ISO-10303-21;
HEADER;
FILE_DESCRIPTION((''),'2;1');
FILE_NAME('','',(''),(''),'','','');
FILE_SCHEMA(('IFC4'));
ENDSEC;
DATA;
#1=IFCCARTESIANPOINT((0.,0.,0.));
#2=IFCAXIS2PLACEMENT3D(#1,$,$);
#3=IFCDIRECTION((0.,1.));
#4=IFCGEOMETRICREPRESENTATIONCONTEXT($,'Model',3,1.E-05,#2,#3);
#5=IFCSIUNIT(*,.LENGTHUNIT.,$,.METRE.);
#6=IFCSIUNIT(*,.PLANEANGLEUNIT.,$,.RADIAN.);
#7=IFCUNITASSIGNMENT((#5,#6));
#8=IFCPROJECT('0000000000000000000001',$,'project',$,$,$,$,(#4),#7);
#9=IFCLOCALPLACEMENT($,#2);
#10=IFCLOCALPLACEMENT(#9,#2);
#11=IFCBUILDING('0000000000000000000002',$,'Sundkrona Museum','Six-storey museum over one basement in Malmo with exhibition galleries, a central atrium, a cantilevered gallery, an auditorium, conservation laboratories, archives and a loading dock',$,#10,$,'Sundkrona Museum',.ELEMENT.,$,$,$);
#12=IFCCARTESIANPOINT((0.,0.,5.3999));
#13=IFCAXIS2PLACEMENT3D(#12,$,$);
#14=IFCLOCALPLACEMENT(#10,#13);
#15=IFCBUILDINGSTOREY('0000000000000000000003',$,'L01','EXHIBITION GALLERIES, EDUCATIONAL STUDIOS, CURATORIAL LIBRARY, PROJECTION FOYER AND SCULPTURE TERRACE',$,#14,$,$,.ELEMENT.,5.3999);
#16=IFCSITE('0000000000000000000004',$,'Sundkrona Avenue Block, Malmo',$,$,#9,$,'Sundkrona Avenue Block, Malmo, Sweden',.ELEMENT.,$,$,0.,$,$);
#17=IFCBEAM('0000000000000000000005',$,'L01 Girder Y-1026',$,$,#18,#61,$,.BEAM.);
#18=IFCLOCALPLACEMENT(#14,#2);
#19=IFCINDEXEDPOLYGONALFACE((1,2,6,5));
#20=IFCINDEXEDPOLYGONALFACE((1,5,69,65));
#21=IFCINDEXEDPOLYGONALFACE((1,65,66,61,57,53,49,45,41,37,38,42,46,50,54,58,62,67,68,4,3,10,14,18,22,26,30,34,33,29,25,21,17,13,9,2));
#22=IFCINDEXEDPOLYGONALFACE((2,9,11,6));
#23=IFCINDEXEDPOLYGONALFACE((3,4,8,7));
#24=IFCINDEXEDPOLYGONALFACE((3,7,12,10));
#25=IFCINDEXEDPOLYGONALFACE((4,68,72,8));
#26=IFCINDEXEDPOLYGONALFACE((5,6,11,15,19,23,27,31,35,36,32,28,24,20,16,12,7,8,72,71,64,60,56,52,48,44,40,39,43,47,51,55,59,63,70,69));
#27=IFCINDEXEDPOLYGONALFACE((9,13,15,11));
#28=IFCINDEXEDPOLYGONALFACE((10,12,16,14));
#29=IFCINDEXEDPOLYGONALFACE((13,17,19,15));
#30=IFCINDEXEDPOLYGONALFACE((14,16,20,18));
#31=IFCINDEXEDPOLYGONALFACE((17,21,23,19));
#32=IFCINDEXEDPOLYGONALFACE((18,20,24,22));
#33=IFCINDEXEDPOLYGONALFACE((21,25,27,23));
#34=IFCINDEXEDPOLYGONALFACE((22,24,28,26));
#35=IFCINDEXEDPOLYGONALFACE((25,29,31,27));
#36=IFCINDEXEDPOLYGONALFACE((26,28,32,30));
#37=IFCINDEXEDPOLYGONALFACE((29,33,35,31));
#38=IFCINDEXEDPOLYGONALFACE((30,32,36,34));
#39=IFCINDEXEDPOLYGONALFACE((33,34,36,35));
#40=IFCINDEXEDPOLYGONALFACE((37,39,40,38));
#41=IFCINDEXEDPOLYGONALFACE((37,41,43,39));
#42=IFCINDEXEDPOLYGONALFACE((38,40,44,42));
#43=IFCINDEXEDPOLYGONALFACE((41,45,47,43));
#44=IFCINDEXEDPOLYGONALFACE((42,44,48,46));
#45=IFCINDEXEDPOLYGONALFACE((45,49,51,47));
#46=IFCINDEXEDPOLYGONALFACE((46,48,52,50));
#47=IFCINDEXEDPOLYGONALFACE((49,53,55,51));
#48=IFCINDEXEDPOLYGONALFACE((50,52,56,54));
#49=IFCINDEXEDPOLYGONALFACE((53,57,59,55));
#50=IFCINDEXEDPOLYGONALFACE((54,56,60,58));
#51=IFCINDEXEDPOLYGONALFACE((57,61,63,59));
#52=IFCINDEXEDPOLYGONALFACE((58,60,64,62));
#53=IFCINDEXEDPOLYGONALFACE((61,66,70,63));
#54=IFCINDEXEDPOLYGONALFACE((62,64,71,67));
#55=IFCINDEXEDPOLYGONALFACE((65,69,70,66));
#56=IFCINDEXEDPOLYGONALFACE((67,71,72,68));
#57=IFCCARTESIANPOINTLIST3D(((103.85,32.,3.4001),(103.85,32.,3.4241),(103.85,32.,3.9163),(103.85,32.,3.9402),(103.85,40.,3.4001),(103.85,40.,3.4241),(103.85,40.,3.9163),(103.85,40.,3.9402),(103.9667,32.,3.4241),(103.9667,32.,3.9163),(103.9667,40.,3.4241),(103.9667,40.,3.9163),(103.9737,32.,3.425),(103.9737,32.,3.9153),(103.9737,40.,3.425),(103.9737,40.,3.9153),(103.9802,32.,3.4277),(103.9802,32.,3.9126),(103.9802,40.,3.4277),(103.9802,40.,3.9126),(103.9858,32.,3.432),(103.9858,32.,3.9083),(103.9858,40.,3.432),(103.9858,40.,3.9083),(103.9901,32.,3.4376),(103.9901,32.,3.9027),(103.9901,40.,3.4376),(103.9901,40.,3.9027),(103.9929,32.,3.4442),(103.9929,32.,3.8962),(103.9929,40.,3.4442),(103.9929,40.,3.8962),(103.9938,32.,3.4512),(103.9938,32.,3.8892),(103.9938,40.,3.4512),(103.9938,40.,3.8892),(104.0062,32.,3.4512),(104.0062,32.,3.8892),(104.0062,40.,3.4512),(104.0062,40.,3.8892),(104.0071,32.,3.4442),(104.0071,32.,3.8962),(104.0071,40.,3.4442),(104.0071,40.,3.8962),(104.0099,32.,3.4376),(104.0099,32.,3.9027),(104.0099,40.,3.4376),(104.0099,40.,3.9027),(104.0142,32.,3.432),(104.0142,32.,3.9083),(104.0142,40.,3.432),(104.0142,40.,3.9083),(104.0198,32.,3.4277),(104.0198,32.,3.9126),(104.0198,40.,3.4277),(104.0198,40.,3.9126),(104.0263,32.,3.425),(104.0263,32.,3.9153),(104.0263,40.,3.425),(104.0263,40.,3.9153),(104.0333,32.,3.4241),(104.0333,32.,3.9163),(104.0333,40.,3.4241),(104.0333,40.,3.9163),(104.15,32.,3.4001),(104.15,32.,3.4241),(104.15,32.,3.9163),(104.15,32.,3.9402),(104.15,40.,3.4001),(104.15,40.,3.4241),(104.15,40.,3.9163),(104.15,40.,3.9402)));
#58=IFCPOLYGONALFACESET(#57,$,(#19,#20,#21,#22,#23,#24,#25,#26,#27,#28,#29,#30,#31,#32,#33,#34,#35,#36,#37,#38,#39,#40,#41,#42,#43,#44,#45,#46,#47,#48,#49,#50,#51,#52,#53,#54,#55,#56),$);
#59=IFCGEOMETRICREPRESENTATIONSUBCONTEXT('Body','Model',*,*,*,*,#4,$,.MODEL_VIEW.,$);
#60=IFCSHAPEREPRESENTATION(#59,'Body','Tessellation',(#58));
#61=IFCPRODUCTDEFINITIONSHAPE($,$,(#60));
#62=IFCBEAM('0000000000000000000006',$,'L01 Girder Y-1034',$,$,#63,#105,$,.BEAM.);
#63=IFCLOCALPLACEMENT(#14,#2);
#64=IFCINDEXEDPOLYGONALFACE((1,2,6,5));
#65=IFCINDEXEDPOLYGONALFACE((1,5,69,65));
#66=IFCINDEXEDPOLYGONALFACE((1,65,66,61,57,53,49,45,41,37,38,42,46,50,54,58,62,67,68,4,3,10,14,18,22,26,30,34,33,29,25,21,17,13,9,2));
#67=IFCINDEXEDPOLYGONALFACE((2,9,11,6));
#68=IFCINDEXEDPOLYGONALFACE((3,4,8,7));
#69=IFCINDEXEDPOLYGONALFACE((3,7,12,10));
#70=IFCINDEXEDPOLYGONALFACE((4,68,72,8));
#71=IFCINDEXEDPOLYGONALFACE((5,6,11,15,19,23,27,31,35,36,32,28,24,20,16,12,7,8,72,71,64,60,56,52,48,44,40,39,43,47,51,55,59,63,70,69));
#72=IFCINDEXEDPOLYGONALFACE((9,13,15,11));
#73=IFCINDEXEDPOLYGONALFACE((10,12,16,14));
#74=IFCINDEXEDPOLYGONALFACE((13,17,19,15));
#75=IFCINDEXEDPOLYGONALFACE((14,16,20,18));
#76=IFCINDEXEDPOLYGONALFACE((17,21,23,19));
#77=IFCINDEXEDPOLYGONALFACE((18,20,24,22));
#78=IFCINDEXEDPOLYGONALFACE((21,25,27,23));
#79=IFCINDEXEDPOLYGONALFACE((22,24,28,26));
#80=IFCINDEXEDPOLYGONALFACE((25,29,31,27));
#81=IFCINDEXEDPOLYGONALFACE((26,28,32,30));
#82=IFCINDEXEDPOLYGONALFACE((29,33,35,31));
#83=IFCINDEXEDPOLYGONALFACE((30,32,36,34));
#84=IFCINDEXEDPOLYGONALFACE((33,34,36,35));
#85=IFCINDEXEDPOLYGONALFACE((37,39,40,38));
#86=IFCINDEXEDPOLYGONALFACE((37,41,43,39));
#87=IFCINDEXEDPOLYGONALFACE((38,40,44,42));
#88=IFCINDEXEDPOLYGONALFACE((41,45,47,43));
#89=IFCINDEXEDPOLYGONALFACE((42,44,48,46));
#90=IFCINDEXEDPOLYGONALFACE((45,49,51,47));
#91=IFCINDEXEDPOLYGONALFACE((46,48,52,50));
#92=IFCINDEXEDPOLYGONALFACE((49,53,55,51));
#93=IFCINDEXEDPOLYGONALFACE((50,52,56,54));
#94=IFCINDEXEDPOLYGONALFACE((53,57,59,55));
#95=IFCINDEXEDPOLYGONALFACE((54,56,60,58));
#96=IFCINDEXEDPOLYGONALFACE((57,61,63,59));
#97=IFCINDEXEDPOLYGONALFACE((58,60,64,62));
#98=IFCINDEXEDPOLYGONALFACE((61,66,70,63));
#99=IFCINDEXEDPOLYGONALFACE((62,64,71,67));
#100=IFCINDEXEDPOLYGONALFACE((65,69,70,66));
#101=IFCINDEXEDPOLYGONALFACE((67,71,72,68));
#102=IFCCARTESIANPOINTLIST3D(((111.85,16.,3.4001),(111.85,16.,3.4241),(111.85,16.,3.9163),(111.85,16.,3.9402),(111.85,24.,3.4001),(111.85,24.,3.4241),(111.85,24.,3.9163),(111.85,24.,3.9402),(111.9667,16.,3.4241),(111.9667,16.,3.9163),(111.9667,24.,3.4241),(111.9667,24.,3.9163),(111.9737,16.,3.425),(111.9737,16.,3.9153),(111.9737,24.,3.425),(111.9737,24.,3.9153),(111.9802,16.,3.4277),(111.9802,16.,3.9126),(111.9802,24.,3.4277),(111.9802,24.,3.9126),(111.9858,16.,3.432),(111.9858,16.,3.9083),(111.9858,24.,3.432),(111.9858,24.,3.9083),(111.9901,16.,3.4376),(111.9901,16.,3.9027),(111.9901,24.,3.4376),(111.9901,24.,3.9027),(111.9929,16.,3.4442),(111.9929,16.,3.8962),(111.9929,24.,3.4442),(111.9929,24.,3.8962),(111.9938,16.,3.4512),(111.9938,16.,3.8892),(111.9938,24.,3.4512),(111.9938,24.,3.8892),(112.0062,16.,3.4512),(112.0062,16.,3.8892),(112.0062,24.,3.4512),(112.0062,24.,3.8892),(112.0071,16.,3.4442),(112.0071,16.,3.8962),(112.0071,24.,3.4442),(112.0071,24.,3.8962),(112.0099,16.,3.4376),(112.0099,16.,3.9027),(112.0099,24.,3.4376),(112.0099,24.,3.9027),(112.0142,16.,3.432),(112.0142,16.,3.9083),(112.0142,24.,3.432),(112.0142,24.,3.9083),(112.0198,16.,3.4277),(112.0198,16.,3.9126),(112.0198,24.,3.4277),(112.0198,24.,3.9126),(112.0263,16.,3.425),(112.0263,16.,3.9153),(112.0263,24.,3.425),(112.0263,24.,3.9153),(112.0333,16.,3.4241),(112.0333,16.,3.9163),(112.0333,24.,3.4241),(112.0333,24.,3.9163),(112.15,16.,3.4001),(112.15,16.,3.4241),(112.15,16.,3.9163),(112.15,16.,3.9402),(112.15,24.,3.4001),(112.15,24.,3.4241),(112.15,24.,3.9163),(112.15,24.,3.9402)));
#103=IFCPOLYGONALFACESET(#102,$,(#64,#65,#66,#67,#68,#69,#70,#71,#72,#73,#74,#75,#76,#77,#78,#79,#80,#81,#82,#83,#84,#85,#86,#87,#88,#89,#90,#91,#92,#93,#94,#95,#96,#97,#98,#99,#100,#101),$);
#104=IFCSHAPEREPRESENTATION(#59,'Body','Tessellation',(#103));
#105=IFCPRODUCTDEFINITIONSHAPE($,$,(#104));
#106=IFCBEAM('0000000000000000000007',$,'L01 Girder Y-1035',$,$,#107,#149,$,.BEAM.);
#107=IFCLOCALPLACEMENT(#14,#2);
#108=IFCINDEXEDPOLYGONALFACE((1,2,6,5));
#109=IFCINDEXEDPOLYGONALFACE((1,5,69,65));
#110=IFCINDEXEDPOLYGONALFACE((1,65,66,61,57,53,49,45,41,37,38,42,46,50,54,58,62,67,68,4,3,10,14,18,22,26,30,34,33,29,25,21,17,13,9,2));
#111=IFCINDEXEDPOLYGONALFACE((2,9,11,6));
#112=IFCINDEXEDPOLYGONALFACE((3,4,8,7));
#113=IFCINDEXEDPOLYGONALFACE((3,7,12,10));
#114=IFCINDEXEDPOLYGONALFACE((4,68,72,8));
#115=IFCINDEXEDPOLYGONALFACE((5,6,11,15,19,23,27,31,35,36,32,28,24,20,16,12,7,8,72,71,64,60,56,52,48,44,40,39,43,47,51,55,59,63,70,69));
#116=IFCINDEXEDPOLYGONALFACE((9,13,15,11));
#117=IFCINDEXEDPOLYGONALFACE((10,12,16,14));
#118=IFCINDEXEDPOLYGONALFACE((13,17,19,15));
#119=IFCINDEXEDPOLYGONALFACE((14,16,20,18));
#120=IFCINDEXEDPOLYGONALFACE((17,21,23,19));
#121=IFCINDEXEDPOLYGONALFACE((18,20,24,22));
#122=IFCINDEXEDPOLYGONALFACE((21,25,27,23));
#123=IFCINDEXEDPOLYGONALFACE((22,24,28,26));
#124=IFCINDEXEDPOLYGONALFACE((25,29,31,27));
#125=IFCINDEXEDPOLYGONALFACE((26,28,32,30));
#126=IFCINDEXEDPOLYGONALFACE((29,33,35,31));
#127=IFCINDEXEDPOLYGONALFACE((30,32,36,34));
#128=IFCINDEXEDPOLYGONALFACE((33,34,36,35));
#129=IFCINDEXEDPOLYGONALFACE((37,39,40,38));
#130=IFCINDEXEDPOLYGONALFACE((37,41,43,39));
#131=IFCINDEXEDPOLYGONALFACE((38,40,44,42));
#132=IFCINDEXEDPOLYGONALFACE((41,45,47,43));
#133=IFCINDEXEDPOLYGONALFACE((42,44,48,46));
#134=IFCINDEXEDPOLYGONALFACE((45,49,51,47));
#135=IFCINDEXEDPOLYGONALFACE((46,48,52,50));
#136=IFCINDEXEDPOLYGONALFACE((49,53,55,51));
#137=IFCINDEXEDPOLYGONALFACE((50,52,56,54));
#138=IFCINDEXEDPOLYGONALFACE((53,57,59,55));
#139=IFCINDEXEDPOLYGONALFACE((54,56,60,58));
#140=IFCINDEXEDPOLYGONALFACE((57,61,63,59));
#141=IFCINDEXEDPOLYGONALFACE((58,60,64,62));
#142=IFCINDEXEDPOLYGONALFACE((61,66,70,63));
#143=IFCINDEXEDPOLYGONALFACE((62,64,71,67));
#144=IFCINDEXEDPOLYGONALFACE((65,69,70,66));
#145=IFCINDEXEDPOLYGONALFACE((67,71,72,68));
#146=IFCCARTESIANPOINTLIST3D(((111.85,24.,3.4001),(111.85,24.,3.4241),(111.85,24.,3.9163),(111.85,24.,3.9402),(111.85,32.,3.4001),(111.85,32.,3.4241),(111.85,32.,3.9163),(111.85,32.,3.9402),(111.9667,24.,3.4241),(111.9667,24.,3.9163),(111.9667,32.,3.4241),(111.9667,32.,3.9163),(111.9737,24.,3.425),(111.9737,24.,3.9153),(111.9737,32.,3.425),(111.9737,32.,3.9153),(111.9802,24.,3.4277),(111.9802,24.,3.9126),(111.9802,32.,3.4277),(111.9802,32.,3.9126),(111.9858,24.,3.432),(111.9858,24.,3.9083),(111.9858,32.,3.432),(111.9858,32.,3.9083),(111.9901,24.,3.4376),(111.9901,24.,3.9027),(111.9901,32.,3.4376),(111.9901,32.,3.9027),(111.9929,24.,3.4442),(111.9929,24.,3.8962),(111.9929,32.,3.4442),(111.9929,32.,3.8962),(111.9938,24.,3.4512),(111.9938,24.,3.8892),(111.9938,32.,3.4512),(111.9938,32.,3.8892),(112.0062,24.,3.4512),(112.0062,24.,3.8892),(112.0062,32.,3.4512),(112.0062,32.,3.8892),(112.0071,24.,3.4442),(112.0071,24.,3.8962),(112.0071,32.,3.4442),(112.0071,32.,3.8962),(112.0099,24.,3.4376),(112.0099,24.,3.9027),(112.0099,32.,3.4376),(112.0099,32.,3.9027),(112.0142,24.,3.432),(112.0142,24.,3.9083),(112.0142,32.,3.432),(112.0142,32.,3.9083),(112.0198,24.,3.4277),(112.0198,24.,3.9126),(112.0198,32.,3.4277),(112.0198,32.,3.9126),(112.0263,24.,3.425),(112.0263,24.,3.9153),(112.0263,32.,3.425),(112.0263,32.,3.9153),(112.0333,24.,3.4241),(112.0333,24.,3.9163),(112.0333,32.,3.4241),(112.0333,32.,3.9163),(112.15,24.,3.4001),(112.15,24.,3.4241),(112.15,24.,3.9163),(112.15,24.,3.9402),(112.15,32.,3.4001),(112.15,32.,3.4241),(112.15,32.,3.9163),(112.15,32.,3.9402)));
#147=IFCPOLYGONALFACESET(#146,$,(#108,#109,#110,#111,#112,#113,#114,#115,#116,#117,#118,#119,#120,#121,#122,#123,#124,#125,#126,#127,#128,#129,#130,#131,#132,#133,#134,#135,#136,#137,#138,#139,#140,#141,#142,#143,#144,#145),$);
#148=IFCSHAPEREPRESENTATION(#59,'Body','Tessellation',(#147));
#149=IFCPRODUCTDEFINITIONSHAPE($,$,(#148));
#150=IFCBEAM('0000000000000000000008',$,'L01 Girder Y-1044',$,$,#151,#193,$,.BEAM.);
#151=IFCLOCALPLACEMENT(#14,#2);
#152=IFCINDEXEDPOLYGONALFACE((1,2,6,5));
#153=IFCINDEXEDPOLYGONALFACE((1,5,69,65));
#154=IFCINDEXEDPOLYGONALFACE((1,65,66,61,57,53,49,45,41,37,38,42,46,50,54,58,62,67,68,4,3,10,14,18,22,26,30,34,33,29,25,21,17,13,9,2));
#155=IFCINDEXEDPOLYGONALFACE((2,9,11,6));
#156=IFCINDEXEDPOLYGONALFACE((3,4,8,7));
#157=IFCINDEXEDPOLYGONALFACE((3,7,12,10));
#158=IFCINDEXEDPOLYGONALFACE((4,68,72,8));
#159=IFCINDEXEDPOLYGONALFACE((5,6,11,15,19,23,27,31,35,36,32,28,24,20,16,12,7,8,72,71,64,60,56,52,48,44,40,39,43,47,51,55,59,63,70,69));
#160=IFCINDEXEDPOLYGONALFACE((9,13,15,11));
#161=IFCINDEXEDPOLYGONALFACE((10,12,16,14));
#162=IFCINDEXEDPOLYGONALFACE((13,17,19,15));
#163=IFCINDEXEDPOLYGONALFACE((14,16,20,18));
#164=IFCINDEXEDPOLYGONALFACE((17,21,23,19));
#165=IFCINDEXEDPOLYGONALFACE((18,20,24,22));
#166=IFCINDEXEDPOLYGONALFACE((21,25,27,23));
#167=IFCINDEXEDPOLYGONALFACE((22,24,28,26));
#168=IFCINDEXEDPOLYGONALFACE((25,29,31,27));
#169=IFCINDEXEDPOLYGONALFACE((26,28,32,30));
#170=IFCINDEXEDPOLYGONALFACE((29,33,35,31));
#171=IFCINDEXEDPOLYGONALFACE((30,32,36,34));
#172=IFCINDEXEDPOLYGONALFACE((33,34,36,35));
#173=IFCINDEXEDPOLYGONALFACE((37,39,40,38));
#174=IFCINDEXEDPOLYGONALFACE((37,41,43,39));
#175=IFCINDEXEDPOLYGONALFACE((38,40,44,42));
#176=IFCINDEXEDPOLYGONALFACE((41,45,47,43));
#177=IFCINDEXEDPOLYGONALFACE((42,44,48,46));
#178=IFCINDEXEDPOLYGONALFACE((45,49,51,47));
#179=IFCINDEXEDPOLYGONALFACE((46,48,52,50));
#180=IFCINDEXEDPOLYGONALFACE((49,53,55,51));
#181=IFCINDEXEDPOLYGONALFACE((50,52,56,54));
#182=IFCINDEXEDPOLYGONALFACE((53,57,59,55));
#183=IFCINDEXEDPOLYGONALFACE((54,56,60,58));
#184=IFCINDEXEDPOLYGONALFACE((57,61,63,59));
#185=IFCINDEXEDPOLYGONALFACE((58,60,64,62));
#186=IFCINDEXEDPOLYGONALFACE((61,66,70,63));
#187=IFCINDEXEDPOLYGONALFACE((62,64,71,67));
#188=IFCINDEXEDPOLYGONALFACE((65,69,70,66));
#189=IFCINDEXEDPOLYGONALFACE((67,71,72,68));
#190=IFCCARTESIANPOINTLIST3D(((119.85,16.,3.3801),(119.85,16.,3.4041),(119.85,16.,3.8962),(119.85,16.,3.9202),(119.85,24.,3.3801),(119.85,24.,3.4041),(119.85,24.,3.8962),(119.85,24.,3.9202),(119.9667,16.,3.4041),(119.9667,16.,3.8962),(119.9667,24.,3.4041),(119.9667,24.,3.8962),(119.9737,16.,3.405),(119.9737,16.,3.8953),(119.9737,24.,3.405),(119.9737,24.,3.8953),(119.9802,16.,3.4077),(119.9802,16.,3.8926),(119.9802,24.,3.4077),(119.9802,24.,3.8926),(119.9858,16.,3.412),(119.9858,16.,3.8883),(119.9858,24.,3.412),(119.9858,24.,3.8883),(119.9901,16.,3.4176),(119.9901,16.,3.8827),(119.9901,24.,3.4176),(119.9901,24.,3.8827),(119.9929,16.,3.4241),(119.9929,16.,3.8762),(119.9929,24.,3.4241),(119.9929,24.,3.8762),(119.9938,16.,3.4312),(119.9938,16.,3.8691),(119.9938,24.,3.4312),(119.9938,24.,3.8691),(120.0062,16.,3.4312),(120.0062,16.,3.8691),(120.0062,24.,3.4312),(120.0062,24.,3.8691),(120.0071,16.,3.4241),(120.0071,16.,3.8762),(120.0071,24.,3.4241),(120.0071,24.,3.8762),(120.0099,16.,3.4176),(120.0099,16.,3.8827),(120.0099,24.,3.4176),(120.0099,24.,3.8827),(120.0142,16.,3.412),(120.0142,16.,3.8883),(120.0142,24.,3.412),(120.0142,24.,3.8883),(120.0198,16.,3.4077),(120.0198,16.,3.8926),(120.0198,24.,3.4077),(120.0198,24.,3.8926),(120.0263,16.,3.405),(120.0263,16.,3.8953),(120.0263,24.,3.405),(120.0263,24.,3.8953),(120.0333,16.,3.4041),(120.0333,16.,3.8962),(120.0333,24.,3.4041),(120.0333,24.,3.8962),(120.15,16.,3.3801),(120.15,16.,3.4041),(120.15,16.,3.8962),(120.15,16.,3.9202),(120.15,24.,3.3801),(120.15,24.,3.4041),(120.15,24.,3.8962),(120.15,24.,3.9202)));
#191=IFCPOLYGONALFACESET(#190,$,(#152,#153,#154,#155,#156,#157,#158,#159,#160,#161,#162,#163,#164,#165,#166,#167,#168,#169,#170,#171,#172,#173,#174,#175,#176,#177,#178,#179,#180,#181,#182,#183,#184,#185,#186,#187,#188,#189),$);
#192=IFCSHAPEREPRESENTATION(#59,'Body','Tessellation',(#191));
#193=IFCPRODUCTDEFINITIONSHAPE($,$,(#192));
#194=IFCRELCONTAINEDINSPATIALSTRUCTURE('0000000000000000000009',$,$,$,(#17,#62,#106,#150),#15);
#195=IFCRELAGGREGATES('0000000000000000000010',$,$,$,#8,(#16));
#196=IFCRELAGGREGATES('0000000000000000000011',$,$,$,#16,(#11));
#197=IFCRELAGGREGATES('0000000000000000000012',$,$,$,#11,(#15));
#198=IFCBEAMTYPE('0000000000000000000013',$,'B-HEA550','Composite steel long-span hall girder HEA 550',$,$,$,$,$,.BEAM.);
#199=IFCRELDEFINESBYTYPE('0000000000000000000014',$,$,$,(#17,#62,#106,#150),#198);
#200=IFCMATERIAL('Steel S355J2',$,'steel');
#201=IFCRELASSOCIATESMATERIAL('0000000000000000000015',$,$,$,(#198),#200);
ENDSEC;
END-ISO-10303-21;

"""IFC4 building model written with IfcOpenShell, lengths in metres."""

from ifc_helpers import new_model, si_unit, direction, frame, origin, origin_2d, place, context, subcontext, project, spatial, i_section, extrude, material, material_profile, profile_set, type_object, element, save


model = new_model("IFC4")

# Units and contexts
model_context = context("Model", 3, precision=1e-05, world=origin(), true_north=direction((0.0, 1.0)))
body_context = subcontext(model_context, "Body", "Model", "MODEL_VIEW")
ifc_project = project(units=[si_unit("LENGTHUNIT", "METRE"), si_unit("PLANEANGLEUNIT", "RADIAN")], contexts=[model_context])

# Site, building, storey
site_placement = place(None, origin())
site = spatial("IfcSite", under=ifc_project, at=site_placement, Name="Sundkrona Avenue Block, Malmo", LongName="Sundkrona Avenue Block, Malmo, Sweden", CompositionType="ELEMENT", RefElevation=0.0)
building_placement = place(site_placement, origin())
building = spatial("IfcBuilding", under=site, at=building_placement, Name="Sundkrona Museum", Description="Six-storey museum over one basement in Malmo with exhibition galleries, a central atrium, a cantilevered gallery, an auditorium, conservation laboratories, archives and a loading dock", LongName="Sundkrona Museum", CompositionType="ELEMENT")
storey_placement = place(building_placement, frame((0.0, 0.0, 5.3999)))
storey = spatial("IfcBuildingStorey", under=building, at=storey_placement, Name="L01", Description="EXHIBITION GALLERIES, EDUCATIONAL STUDIOS, CURATORIAL LIBRARY, PROJECTION FOYER AND SCULPTURE TERRACE", CompositionType="ELEMENT", Elevation=5.3999)

# Shared definitions
ifc_material_1 = material(Name="Steel S355J2", Category="steel")

# Beams
ifc_material_profile_1 = material_profile(ifc_material_1, i_section(OverallWidth=0.3, OverallDepth=0.54, WebThickness=0.0125, FlangeThickness=0.0239, FilletRadius=0.0271, at=origin_2d()), Name="HEA 550")
ifc_profile_set_1 = profile_set([ifc_material_profile_1], Name="Steel S355J2")
beam_type_1 = type_object("IfcBeamType", Name="B-HEA550", Description="Composite steel long-span hall girder HEA 550", PredefinedType="BEAM", material=ifc_profile_set_1)
for number, where, z_axis, x_axis, name in (
    (1, (104.0, 32.0, 3.6702), (0.0, 1.0, 0.0), (-1.0, 0.0, 0.0), "L01 Girder Y-1026"),
    (2, (112.0, 16.0, 3.6702), (0.0, 1.0, 0.0), (-1.0, 0.0, 0.0), "L01 Girder Y-1034"),
    (3, (112.0, 24.0, 3.6702), (0.0, 1.0, 0.0), (-1.0, 0.0, 0.0), "L01 Girder Y-1035"),
    (4, (120.0, 16.0, 3.6501), (0.0, 1.0, 0.0), (-1.0, 0.0, 0.0), "L01 Girder Y-1044"),
):
    element("IfcBeam", number, at=place(storey_placement, frame(where, z_axis=z_axis, x_axis=x_axis)), inside=storey, type_object=beam_type_1, Name=name, PredefinedType="BEAM", context=body_context, shape_type="SweptSolid", body=[
        extrude(i_section(OverallWidth=0.3, OverallDepth=0.54, WebThickness=0.0125, FlangeThickness=0.0239, FilletRadius=0.0271, at=origin_2d()), origin(), (0.0, 0.0, 1.0), 8.0),
    ])

save(model, "model.ifc")
